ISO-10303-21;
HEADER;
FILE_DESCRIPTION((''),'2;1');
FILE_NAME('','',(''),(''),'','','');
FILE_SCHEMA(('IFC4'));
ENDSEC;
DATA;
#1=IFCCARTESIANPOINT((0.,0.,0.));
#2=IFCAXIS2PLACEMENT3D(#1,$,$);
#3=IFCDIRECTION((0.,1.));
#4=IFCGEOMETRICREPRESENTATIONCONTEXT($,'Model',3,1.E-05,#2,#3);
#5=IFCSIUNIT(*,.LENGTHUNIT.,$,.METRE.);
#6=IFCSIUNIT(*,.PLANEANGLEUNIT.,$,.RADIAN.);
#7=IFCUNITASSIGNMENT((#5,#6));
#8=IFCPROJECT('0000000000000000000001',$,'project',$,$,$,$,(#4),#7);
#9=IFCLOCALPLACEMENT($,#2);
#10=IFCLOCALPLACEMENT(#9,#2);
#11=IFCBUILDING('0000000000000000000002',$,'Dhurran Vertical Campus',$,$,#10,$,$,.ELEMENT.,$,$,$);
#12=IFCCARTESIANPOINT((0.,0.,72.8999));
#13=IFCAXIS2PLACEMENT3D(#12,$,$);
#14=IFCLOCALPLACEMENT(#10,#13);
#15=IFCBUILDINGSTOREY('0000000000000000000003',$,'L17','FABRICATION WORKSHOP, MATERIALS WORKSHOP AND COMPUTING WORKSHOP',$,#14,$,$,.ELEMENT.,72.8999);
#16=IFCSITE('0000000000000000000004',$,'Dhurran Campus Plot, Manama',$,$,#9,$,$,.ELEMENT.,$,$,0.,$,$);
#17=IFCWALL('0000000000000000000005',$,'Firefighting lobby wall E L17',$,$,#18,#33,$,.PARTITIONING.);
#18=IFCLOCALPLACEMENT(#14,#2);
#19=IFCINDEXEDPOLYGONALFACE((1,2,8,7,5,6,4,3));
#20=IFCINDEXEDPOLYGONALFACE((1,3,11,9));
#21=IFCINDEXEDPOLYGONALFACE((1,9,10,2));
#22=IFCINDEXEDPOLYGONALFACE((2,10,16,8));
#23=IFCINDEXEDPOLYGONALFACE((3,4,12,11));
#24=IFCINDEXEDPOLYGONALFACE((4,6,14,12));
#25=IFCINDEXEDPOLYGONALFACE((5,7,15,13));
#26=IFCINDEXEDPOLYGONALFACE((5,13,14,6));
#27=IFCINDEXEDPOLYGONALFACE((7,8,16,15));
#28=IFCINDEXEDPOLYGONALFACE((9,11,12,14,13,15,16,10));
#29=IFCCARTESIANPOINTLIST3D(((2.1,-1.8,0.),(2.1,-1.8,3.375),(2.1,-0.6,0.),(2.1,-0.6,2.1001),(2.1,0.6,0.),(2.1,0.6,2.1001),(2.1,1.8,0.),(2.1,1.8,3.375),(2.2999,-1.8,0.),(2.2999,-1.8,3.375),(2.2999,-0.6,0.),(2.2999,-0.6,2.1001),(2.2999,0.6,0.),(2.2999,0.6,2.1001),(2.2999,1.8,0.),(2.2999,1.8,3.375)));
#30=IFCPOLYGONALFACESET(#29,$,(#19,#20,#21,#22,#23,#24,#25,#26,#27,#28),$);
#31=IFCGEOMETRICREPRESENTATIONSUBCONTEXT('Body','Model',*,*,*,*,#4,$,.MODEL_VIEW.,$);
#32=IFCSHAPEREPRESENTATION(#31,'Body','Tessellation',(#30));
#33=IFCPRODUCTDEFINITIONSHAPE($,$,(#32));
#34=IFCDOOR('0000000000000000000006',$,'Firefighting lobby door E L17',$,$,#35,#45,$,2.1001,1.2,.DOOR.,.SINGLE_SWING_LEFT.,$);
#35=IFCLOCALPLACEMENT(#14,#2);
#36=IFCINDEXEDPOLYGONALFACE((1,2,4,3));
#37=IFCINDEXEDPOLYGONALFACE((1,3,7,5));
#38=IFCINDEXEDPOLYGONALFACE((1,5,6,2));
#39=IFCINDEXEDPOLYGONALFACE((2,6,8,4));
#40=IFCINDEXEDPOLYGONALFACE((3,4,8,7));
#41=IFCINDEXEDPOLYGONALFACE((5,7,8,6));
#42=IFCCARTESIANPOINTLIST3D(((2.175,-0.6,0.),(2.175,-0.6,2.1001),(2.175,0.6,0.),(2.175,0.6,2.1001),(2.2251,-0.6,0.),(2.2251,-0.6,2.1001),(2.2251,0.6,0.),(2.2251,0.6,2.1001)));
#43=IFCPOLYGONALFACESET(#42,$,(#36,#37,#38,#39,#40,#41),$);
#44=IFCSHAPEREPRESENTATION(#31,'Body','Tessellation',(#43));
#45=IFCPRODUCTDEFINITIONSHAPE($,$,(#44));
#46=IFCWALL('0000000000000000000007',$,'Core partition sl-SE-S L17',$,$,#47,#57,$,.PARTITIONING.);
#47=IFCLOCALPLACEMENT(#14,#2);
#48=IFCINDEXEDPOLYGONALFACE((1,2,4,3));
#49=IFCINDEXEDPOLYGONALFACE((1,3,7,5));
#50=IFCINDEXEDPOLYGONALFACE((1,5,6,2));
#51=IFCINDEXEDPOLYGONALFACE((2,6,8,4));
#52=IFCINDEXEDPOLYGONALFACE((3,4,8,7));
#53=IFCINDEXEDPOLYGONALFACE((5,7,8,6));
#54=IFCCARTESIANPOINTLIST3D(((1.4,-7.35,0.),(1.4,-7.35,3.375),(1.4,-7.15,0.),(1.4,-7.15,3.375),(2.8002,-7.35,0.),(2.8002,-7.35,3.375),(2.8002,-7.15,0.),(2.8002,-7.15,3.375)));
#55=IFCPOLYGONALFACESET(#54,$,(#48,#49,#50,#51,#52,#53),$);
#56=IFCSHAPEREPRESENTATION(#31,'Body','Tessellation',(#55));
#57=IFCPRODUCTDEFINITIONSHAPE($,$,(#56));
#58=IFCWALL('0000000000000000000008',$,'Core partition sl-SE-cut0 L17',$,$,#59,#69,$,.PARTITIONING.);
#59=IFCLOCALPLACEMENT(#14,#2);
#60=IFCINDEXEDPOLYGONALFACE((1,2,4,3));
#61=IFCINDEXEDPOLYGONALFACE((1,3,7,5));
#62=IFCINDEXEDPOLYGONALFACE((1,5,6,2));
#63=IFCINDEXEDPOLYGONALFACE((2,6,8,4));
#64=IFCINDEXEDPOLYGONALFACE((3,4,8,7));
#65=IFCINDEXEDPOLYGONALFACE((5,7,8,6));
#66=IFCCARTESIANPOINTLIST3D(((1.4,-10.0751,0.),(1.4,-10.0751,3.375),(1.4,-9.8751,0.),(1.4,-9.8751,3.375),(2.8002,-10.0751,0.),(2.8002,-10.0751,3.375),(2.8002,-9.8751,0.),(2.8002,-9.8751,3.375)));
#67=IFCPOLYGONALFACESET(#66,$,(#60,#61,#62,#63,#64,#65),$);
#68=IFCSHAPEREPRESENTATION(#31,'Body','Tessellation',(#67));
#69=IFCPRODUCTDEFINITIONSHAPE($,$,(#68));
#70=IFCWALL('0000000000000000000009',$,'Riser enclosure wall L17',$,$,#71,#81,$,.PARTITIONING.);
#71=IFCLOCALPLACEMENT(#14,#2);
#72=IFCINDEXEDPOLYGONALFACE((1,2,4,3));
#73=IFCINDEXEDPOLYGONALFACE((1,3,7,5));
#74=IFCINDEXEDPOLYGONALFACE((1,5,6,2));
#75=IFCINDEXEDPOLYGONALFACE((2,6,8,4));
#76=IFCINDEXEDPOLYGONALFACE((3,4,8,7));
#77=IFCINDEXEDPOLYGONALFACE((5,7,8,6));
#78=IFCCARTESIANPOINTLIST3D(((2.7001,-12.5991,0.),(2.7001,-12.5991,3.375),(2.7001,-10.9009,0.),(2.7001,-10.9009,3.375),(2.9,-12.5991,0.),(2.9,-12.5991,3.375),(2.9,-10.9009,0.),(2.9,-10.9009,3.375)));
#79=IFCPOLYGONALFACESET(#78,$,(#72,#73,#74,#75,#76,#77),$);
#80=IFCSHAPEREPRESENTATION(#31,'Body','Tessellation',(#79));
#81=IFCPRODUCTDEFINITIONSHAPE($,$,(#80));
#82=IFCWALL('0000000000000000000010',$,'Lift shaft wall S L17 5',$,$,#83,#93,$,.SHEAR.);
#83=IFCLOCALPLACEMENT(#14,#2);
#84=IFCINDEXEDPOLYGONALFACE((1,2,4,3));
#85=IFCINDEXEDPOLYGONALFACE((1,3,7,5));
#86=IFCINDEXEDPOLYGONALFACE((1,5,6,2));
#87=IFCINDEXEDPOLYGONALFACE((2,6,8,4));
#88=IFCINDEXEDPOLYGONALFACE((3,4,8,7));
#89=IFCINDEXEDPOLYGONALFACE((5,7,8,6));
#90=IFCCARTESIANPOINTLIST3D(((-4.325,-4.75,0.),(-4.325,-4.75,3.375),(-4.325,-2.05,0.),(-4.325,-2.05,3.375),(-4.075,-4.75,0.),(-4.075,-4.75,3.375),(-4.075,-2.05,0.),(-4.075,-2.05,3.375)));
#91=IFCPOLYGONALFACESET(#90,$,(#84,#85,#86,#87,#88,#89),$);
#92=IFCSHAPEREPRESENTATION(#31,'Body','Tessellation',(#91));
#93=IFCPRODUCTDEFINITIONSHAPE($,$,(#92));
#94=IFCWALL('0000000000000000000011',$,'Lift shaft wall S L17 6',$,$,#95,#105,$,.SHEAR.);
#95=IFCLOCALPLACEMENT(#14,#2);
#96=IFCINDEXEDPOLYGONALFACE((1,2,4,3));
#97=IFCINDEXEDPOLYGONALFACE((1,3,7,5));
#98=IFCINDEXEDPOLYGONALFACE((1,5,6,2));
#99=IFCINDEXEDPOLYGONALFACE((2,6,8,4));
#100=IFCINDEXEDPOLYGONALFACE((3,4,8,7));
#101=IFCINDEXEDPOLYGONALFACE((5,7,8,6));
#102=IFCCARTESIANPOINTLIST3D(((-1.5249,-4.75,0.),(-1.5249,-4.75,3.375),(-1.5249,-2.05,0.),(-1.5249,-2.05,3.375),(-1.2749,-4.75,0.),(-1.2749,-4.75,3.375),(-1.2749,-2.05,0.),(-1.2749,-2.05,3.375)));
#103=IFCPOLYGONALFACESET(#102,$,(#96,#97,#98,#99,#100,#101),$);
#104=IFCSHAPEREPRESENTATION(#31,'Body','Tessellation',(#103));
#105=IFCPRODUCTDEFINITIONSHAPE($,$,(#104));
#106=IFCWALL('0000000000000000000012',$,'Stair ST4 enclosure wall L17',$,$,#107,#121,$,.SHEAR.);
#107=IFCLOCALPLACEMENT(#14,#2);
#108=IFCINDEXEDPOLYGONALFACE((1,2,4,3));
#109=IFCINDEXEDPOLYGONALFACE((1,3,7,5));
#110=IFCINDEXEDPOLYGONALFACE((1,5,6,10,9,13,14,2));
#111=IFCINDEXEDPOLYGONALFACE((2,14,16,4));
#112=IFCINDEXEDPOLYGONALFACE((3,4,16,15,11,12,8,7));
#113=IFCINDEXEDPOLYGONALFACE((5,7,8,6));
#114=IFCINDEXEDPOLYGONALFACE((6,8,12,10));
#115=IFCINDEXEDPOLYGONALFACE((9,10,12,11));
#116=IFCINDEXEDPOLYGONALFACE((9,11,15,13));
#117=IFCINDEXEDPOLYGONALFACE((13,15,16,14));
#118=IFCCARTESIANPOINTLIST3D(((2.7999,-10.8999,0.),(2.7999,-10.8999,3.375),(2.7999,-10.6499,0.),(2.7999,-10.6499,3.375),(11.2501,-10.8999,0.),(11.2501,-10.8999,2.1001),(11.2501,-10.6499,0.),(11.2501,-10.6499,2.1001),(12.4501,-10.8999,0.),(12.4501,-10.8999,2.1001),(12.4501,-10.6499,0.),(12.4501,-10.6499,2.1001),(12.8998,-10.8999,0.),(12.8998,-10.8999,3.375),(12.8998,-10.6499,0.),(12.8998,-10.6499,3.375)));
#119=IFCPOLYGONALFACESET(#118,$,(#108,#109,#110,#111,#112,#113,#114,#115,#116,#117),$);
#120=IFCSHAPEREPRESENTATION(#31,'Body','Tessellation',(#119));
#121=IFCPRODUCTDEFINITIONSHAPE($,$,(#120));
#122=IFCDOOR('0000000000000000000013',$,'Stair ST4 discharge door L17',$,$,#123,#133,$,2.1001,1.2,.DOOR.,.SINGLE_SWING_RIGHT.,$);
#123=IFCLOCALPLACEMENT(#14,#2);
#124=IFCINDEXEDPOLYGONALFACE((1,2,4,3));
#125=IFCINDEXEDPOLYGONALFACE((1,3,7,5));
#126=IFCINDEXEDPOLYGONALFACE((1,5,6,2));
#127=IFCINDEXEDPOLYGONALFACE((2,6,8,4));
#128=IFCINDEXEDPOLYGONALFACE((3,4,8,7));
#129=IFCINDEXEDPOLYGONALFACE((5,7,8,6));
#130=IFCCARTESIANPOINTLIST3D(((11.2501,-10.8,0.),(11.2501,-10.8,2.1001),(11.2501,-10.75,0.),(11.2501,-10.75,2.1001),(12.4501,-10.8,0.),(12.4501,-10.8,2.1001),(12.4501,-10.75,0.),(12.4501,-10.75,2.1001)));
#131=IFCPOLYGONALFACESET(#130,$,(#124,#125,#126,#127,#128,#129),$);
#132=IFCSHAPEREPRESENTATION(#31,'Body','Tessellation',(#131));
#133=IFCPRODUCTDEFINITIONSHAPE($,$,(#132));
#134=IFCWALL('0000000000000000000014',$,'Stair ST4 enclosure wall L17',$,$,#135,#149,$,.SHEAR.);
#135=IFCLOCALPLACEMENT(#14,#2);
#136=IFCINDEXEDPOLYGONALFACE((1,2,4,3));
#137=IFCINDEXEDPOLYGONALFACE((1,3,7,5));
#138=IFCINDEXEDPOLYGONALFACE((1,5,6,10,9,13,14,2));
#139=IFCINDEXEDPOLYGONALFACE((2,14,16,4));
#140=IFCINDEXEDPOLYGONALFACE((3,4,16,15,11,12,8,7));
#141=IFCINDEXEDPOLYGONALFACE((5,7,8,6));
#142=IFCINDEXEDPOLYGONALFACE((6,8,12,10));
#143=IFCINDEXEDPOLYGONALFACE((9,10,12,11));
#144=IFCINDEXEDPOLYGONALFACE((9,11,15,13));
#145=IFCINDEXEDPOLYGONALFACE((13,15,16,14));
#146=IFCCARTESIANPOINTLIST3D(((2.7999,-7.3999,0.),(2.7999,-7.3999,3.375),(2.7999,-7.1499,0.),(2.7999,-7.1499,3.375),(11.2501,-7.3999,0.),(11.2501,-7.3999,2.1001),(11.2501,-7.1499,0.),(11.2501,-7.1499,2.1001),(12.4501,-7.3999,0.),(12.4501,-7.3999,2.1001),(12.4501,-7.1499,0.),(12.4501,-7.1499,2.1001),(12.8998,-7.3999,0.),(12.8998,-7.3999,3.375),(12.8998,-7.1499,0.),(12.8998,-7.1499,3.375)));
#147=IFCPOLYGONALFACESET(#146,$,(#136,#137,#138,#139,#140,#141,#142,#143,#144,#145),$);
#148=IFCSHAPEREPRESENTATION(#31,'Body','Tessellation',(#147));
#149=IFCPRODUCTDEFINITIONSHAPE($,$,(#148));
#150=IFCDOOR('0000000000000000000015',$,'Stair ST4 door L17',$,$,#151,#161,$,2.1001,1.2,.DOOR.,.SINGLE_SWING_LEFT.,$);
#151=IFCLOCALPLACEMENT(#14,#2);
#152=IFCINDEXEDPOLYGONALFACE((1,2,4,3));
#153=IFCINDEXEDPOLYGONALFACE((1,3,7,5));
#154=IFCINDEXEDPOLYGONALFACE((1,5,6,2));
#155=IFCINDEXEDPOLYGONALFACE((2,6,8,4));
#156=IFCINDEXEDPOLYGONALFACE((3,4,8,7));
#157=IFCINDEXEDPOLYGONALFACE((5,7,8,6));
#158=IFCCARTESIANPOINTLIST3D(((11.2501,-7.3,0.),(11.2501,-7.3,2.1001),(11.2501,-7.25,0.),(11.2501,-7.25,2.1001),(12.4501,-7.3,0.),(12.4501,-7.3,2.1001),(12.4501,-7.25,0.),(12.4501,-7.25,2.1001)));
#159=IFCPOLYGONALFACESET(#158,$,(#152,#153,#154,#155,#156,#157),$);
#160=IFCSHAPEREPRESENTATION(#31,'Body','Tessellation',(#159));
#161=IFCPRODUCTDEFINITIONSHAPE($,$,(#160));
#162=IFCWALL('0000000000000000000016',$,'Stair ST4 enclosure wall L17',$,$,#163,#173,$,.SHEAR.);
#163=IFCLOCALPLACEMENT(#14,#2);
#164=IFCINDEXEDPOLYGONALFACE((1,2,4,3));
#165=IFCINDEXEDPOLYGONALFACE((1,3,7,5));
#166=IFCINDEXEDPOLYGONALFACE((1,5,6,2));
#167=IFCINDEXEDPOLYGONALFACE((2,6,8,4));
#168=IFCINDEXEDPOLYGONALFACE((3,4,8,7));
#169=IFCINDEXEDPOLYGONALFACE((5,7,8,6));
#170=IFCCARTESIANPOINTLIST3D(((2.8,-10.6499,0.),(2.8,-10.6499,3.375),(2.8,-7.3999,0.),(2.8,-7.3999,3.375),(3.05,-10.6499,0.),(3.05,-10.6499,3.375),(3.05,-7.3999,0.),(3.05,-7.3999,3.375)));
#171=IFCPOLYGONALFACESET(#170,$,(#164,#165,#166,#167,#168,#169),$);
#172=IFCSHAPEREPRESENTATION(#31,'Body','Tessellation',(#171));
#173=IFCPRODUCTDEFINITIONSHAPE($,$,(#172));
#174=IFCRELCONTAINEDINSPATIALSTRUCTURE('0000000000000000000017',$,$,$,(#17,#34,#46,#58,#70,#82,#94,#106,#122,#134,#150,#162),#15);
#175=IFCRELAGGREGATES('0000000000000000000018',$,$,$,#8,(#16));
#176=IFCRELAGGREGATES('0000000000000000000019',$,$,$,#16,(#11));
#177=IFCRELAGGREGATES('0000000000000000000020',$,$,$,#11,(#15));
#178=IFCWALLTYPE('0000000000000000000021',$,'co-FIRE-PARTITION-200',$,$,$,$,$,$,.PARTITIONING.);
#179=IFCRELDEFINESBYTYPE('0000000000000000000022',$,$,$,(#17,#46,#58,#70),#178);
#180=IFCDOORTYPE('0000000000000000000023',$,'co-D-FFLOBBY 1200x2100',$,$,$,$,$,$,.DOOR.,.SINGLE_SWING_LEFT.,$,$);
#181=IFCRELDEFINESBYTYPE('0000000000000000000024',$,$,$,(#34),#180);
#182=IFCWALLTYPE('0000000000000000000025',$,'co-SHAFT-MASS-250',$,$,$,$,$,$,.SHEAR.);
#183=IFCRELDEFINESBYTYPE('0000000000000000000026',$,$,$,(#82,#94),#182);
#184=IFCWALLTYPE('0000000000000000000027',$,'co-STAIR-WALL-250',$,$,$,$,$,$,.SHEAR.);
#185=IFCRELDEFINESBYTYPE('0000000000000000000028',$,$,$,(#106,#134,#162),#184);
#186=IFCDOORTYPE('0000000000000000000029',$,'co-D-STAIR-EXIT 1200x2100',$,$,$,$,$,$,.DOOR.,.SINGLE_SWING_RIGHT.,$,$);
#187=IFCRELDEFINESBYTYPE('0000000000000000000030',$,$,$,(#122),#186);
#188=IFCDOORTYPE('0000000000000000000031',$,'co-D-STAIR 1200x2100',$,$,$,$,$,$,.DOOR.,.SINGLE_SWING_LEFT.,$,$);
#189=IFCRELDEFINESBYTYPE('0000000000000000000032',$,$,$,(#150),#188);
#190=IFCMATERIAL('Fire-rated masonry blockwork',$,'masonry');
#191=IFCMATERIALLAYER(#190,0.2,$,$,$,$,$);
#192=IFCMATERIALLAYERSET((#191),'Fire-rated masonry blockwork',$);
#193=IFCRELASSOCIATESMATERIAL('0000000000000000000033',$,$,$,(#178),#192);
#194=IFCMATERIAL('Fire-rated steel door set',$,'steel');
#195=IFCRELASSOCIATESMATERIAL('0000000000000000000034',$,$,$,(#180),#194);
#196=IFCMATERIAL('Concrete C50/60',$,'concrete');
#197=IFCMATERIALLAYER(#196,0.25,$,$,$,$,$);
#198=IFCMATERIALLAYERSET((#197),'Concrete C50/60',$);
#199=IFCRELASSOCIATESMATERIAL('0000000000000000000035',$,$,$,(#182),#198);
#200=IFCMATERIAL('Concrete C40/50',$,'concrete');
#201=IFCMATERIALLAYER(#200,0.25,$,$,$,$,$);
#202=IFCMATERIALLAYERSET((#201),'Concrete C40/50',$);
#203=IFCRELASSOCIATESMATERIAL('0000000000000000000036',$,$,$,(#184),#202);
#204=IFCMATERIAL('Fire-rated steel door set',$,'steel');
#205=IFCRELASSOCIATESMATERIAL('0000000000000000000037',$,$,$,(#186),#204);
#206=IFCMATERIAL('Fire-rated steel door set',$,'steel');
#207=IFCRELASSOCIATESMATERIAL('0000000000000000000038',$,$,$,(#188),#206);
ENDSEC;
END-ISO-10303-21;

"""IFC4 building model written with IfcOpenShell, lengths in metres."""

from ifc_helpers import new_model, si_unit, direction, frame, frame_2d, origin, place, context, subcontext, project, spatial, polyline, rectangle, outline, extrude, material, layer, layer_set, type_object, element, fill, save


model = new_model("IFC4")

# Units and contexts
model_context = context("Model", 3, precision=1e-05, world=origin(), true_north=direction((0.0, 1.0)))
body_context = subcontext(model_context, "Body", "Model", "MODEL_VIEW")
ifc_project = project(units=[si_unit("LENGTHUNIT", "METRE"), si_unit("PLANEANGLEUNIT", "RADIAN")], contexts=[model_context])

# Site, building, storey
site_placement = place(None, origin())
site = spatial("IfcSite", under=ifc_project, at=site_placement, Name="Dhurran Campus Plot, Manama", CompositionType="ELEMENT", RefElevation=0.0)
building_placement = place(site_placement, origin())
building = spatial("IfcBuilding", under=site, at=building_placement, Name="Dhurran Vertical Campus", CompositionType="ELEMENT")
storey_placement = place(building_placement, frame((0.0, 0.0, 72.8999)))
storey = spatial("IfcBuildingStorey", under=building, at=storey_placement, Name="L17", Description="FABRICATION WORKSHOP, MATERIALS WORKSHOP AND COMPUTING WORKSHOP", CompositionType="ELEMENT", Elevation=72.8999)

# Wall, opening, door
ifc_material_1 = material(Name="Fire-rated masonry blockwork", Category="masonry")
ifc_layer_1 = layer(ifc_material_1, 0.2)
ifc_layer_set_1 = layer_set([ifc_layer_1], Name="Fire-rated masonry blockwork")
wall_type_1 = type_object("IfcWallType", Name="co-FIRE-PARTITION-200", PredefinedType="PARTITIONING", material=ifc_layer_set_1)
wall_1_placement = place(storey_placement, frame((2.2, -1.8, 0.0), z_axis=(0.0, 0.0, 1.0), x_axis=(0.0, 1.0, 0.0)))
wall_1 = element("IfcWall", 1, at=wall_1_placement, inside=storey, type_object=wall_type_1, Name="Firefighting lobby wall E L17", PredefinedType="PARTITIONING", context=body_context, shape_type="SweptSolid", body=[
    extrude(rectangle(XDim=3.6001, YDim=0.2, at=frame_2d((1.8, 0.0))), origin(), (0.0, 0.0, 1.0), 3.375),
])
opening_1_placement = place(wall_1_placement, frame((1.2, 0.0, 0.0)))
opening_1 = element("IfcOpeningElement", 2, at=opening_1_placement, cuts=wall_1, PredefinedType="OPENING", context=body_context, shape_type="SweptSolid", body=[
    extrude(rectangle(XDim=1.2, YDim=2.1001, at=frame_2d((0.6001, 1.05))), frame((0.0, 0.1099, 0.0), z_axis=(0.0, -1.0, 0.0), x_axis=(1.0, 0.0, 0.0)), (0.0, 0.0, 1.0), 0.22),
])
ifc_material_2 = material(Name="Fire-rated steel door set", Category="steel")
door_type_1 = type_object("IfcDoorType", Name="co-D-FFLOBBY 1200x2100", OperationType="SINGLE_SWING_LEFT", PredefinedType="DOOR", material=ifc_material_2)
door_1_placement = place(opening_1_placement, origin())
door_1 = element("IfcDoor", 3, at=door_1_placement, inside=storey, type_object=door_type_1, Name="Firefighting lobby door E L17", OperationType="SINGLE_SWING_LEFT", OverallHeight=2.1001, OverallWidth=1.2, PredefinedType="DOOR", context=body_context, shape_type="SweptSolid", body=[
    extrude(rectangle(XDim=1.2, YDim=2.1001, at=frame_2d((0.6001, 1.05))), frame((0.0, 0.0249, 0.0), z_axis=(0.0, -1.0, 0.0), x_axis=(1.0, 0.0, 0.0)), (0.0, 0.0, 1.0), 0.05),
])
fill(opening_1, door_1)

# Walls
for number, where, z_axis, x_axis, name in (
    (4, (1.3999, -7.25, 0.0), (0.0, 0.0, 1.0), (1.0, 0.0, 0.0), "Core partition sl-SE-S L17"),
    (5, (1.3999, -9.9751, 0.0), (0.0, 0.0, 1.0), (1.0, 0.0, 0.0), "Core partition sl-SE-cut0 L17"),
):
    element("IfcWall", number, at=place(storey_placement, frame(where, z_axis=z_axis, x_axis=x_axis)), inside=storey, type_object=wall_type_1, Name=name, PredefinedType="PARTITIONING", context=body_context, shape_type="SweptSolid", body=[
        extrude(rectangle(XDim=1.4001, YDim=0.2, at=frame_2d((0.7002, 0.0))), origin(), (0.0, 0.0, 1.0), 3.375),
    ])
wall_2_placement = place(storey_placement, frame((2.8, -10.9009, 0.0), z_axis=(0.0, 0.0, 1.0), x_axis=(0.0, -1.0, 0.0)))
element("IfcWall", 6, at=wall_2_placement, inside=storey, type_object=wall_type_1, Name="Riser enclosure wall L17", PredefinedType="PARTITIONING", context=body_context, shape_type="SweptSolid", body=[
    extrude(rectangle(XDim=1.6982, YDim=0.2, at=frame_2d((0.8491, 0.0))), origin(), (0.0, 0.0, 1.0), 3.375),
])
ifc_material_3 = material(Name="Concrete C50/60", Category="concrete")
ifc_layer_2 = layer(ifc_material_3, 0.25)
ifc_layer_set_2 = layer_set([ifc_layer_2], Name="Concrete C50/60")
wall_type_2 = type_object("IfcWallType", Name="co-SHAFT-MASS-250", PredefinedType="SHEAR", material=ifc_layer_set_2)
wall_3_placement = place(storey_placement, origin())
element("IfcWall", 7, at=wall_3_placement, inside=storey, type_object=wall_type_2, Name="Lift shaft wall S L17 5", PredefinedType="SHEAR", context=body_context, shape_type="SweptSolid", body=[
    extrude(outline(polyline([(-4.325, -4.75), (-4.075, -4.75), (-4.075, -2.05), (-4.325, -2.05), (-4.325, -4.75)])), origin(), (0.0, 0.0, 1.0), 3.375),
])
wall_4_placement = place(storey_placement, origin())
element("IfcWall", 8, at=wall_4_placement, inside=storey, type_object=wall_type_2, Name="Lift shaft wall S L17 6", PredefinedType="SHEAR", context=body_context, shape_type="SweptSolid", body=[
    extrude(outline(polyline([(-1.5249, -4.75), (-1.2749, -4.75), (-1.2749, -2.05), (-1.5249, -2.05), (-1.5249, -4.75)])), origin(), (0.0, 0.0, 1.0), 3.375),
])

# Walls, openings, doors
ifc_material_4 = material(Name="Concrete C40/50", Category="concrete")
ifc_layer_3 = layer(ifc_material_4, 0.25)
ifc_layer_set_3 = layer_set([ifc_layer_3], Name="Concrete C40/50")
wall_type_3 = type_object("IfcWallType", Name="co-STAIR-WALL-250", PredefinedType="SHEAR", material=ifc_layer_set_3)
wall_5_placement = place(storey_placement, frame((2.8, -10.7749, 0.0), z_axis=(0.0, 0.0, 1.0), x_axis=(1.0, 0.0, 0.0)))
wall_5 = element("IfcWall", 9, at=wall_5_placement, inside=storey, type_object=wall_type_3, Name="Stair ST4 enclosure wall L17", PredefinedType="SHEAR", context=body_context, shape_type="SweptSolid", body=[
    extrude(rectangle(XDim=10.0999, YDim=0.25, at=frame_2d((5.0498, 0.0))), origin(), (0.0, 0.0, 1.0), 3.375),
])
opening_2_placement = place(wall_5_placement, frame((8.45, 0.0, 0.0)))
opening_2 = element("IfcOpeningElement", 10, at=opening_2_placement, cuts=wall_5, PredefinedType="OPENING", context=body_context, shape_type="SweptSolid", body=[
    extrude(rectangle(XDim=1.2, YDim=2.1001, at=frame_2d((0.6001, 1.05))), frame((0.0, 0.135, 0.0), z_axis=(0.0, -1.0, 0.0), x_axis=(1.0, 0.0, 0.0)), (0.0, 0.0, 1.0), 0.27),
])
ifc_material_5 = material(Name="Fire-rated steel door set", Category="steel")
door_type_2 = type_object("IfcDoorType", Name="co-D-STAIR-EXIT 1200x2100", OperationType="SINGLE_SWING_RIGHT", PredefinedType="DOOR", material=ifc_material_5)
door_2_placement = place(opening_2_placement, origin())
door_2 = element("IfcDoor", 11, at=door_2_placement, inside=storey, type_object=door_type_2, Name="Stair ST4 discharge door L17", OperationType="SINGLE_SWING_RIGHT", OverallHeight=2.1001, OverallWidth=1.2, PredefinedType="DOOR", context=body_context, shape_type="SweptSolid", body=[
    extrude(rectangle(XDim=1.2, YDim=2.1001, at=frame_2d((0.6001, 1.05))), frame((0.0, 0.0249, 0.0), z_axis=(0.0, -1.0, 0.0), x_axis=(1.0, 0.0, 0.0)), (0.0, 0.0, 1.0), 0.05),
])
fill(opening_2, door_2)
wall_6_placement = place(storey_placement, frame((2.8, -7.2749, 0.0), z_axis=(0.0, 0.0, 1.0), x_axis=(1.0, 0.0, 0.0)))
wall_6 = element("IfcWall", 12, at=wall_6_placement, inside=storey, type_object=wall_type_3, Name="Stair ST4 enclosure wall L17", PredefinedType="SHEAR", context=body_context, shape_type="SweptSolid", body=[
    extrude(rectangle(XDim=10.0999, YDim=0.25, at=frame_2d((5.0498, 0.0))), origin(), (0.0, 0.0, 1.0), 3.375),
])
opening_3_placement = place(wall_6_placement, frame((8.45, 0.0, 0.0)))
opening_3 = element("IfcOpeningElement", 13, at=opening_3_placement, cuts=wall_6, PredefinedType="OPENING", context=body_context, shape_type="SweptSolid", body=[
    extrude(rectangle(XDim=1.2, YDim=2.1001, at=frame_2d((0.6001, 1.05))), frame((0.0, 0.135, 0.0), z_axis=(0.0, -1.0, 0.0), x_axis=(1.0, 0.0, 0.0)), (0.0, 0.0, 1.0), 0.27),
])
ifc_material_6 = material(Name="Fire-rated steel door set", Category="steel")
door_type_3 = type_object("IfcDoorType", Name="co-D-STAIR 1200x2100", OperationType="SINGLE_SWING_LEFT", PredefinedType="DOOR", material=ifc_material_6)
door_3_placement = place(opening_3_placement, origin())
door_3 = element("IfcDoor", 14, at=door_3_placement, inside=storey, type_object=door_type_3, Name="Stair ST4 door L17", OperationType="SINGLE_SWING_LEFT", OverallHeight=2.1001, OverallWidth=1.2, PredefinedType="DOOR", context=body_context, shape_type="SweptSolid", body=[
    extrude(rectangle(XDim=1.2, YDim=2.1001, at=frame_2d((0.6001, 1.05))), frame((0.0, 0.0249, 0.0), z_axis=(0.0, -1.0, 0.0), x_axis=(1.0, 0.0, 0.0)), (0.0, 0.0, 1.0), 0.05),
])
fill(opening_3, door_3)

# Wall
for number, where, z_axis, x_axis, name in (
    (15, (2.925, -10.6499, 0.0), (0.0, 0.0, 1.0), (0.0, 1.0, 0.0), "Stair ST4 enclosure wall L17"),
):
    element("IfcWall", number, at=place(storey_placement, frame(where, z_axis=z_axis, x_axis=x_axis)), inside=storey, type_object=wall_type_3, Name=name, PredefinedType="SHEAR", context=body_context, shape_type="SweptSolid", body=[
        extrude(rectangle(XDim=3.25, YDim=0.25, at=frame_2d((1.625, 0.0))), origin(), (0.0, 0.0, 1.0), 3.375),
    ])

save(model, "model.ifc")
